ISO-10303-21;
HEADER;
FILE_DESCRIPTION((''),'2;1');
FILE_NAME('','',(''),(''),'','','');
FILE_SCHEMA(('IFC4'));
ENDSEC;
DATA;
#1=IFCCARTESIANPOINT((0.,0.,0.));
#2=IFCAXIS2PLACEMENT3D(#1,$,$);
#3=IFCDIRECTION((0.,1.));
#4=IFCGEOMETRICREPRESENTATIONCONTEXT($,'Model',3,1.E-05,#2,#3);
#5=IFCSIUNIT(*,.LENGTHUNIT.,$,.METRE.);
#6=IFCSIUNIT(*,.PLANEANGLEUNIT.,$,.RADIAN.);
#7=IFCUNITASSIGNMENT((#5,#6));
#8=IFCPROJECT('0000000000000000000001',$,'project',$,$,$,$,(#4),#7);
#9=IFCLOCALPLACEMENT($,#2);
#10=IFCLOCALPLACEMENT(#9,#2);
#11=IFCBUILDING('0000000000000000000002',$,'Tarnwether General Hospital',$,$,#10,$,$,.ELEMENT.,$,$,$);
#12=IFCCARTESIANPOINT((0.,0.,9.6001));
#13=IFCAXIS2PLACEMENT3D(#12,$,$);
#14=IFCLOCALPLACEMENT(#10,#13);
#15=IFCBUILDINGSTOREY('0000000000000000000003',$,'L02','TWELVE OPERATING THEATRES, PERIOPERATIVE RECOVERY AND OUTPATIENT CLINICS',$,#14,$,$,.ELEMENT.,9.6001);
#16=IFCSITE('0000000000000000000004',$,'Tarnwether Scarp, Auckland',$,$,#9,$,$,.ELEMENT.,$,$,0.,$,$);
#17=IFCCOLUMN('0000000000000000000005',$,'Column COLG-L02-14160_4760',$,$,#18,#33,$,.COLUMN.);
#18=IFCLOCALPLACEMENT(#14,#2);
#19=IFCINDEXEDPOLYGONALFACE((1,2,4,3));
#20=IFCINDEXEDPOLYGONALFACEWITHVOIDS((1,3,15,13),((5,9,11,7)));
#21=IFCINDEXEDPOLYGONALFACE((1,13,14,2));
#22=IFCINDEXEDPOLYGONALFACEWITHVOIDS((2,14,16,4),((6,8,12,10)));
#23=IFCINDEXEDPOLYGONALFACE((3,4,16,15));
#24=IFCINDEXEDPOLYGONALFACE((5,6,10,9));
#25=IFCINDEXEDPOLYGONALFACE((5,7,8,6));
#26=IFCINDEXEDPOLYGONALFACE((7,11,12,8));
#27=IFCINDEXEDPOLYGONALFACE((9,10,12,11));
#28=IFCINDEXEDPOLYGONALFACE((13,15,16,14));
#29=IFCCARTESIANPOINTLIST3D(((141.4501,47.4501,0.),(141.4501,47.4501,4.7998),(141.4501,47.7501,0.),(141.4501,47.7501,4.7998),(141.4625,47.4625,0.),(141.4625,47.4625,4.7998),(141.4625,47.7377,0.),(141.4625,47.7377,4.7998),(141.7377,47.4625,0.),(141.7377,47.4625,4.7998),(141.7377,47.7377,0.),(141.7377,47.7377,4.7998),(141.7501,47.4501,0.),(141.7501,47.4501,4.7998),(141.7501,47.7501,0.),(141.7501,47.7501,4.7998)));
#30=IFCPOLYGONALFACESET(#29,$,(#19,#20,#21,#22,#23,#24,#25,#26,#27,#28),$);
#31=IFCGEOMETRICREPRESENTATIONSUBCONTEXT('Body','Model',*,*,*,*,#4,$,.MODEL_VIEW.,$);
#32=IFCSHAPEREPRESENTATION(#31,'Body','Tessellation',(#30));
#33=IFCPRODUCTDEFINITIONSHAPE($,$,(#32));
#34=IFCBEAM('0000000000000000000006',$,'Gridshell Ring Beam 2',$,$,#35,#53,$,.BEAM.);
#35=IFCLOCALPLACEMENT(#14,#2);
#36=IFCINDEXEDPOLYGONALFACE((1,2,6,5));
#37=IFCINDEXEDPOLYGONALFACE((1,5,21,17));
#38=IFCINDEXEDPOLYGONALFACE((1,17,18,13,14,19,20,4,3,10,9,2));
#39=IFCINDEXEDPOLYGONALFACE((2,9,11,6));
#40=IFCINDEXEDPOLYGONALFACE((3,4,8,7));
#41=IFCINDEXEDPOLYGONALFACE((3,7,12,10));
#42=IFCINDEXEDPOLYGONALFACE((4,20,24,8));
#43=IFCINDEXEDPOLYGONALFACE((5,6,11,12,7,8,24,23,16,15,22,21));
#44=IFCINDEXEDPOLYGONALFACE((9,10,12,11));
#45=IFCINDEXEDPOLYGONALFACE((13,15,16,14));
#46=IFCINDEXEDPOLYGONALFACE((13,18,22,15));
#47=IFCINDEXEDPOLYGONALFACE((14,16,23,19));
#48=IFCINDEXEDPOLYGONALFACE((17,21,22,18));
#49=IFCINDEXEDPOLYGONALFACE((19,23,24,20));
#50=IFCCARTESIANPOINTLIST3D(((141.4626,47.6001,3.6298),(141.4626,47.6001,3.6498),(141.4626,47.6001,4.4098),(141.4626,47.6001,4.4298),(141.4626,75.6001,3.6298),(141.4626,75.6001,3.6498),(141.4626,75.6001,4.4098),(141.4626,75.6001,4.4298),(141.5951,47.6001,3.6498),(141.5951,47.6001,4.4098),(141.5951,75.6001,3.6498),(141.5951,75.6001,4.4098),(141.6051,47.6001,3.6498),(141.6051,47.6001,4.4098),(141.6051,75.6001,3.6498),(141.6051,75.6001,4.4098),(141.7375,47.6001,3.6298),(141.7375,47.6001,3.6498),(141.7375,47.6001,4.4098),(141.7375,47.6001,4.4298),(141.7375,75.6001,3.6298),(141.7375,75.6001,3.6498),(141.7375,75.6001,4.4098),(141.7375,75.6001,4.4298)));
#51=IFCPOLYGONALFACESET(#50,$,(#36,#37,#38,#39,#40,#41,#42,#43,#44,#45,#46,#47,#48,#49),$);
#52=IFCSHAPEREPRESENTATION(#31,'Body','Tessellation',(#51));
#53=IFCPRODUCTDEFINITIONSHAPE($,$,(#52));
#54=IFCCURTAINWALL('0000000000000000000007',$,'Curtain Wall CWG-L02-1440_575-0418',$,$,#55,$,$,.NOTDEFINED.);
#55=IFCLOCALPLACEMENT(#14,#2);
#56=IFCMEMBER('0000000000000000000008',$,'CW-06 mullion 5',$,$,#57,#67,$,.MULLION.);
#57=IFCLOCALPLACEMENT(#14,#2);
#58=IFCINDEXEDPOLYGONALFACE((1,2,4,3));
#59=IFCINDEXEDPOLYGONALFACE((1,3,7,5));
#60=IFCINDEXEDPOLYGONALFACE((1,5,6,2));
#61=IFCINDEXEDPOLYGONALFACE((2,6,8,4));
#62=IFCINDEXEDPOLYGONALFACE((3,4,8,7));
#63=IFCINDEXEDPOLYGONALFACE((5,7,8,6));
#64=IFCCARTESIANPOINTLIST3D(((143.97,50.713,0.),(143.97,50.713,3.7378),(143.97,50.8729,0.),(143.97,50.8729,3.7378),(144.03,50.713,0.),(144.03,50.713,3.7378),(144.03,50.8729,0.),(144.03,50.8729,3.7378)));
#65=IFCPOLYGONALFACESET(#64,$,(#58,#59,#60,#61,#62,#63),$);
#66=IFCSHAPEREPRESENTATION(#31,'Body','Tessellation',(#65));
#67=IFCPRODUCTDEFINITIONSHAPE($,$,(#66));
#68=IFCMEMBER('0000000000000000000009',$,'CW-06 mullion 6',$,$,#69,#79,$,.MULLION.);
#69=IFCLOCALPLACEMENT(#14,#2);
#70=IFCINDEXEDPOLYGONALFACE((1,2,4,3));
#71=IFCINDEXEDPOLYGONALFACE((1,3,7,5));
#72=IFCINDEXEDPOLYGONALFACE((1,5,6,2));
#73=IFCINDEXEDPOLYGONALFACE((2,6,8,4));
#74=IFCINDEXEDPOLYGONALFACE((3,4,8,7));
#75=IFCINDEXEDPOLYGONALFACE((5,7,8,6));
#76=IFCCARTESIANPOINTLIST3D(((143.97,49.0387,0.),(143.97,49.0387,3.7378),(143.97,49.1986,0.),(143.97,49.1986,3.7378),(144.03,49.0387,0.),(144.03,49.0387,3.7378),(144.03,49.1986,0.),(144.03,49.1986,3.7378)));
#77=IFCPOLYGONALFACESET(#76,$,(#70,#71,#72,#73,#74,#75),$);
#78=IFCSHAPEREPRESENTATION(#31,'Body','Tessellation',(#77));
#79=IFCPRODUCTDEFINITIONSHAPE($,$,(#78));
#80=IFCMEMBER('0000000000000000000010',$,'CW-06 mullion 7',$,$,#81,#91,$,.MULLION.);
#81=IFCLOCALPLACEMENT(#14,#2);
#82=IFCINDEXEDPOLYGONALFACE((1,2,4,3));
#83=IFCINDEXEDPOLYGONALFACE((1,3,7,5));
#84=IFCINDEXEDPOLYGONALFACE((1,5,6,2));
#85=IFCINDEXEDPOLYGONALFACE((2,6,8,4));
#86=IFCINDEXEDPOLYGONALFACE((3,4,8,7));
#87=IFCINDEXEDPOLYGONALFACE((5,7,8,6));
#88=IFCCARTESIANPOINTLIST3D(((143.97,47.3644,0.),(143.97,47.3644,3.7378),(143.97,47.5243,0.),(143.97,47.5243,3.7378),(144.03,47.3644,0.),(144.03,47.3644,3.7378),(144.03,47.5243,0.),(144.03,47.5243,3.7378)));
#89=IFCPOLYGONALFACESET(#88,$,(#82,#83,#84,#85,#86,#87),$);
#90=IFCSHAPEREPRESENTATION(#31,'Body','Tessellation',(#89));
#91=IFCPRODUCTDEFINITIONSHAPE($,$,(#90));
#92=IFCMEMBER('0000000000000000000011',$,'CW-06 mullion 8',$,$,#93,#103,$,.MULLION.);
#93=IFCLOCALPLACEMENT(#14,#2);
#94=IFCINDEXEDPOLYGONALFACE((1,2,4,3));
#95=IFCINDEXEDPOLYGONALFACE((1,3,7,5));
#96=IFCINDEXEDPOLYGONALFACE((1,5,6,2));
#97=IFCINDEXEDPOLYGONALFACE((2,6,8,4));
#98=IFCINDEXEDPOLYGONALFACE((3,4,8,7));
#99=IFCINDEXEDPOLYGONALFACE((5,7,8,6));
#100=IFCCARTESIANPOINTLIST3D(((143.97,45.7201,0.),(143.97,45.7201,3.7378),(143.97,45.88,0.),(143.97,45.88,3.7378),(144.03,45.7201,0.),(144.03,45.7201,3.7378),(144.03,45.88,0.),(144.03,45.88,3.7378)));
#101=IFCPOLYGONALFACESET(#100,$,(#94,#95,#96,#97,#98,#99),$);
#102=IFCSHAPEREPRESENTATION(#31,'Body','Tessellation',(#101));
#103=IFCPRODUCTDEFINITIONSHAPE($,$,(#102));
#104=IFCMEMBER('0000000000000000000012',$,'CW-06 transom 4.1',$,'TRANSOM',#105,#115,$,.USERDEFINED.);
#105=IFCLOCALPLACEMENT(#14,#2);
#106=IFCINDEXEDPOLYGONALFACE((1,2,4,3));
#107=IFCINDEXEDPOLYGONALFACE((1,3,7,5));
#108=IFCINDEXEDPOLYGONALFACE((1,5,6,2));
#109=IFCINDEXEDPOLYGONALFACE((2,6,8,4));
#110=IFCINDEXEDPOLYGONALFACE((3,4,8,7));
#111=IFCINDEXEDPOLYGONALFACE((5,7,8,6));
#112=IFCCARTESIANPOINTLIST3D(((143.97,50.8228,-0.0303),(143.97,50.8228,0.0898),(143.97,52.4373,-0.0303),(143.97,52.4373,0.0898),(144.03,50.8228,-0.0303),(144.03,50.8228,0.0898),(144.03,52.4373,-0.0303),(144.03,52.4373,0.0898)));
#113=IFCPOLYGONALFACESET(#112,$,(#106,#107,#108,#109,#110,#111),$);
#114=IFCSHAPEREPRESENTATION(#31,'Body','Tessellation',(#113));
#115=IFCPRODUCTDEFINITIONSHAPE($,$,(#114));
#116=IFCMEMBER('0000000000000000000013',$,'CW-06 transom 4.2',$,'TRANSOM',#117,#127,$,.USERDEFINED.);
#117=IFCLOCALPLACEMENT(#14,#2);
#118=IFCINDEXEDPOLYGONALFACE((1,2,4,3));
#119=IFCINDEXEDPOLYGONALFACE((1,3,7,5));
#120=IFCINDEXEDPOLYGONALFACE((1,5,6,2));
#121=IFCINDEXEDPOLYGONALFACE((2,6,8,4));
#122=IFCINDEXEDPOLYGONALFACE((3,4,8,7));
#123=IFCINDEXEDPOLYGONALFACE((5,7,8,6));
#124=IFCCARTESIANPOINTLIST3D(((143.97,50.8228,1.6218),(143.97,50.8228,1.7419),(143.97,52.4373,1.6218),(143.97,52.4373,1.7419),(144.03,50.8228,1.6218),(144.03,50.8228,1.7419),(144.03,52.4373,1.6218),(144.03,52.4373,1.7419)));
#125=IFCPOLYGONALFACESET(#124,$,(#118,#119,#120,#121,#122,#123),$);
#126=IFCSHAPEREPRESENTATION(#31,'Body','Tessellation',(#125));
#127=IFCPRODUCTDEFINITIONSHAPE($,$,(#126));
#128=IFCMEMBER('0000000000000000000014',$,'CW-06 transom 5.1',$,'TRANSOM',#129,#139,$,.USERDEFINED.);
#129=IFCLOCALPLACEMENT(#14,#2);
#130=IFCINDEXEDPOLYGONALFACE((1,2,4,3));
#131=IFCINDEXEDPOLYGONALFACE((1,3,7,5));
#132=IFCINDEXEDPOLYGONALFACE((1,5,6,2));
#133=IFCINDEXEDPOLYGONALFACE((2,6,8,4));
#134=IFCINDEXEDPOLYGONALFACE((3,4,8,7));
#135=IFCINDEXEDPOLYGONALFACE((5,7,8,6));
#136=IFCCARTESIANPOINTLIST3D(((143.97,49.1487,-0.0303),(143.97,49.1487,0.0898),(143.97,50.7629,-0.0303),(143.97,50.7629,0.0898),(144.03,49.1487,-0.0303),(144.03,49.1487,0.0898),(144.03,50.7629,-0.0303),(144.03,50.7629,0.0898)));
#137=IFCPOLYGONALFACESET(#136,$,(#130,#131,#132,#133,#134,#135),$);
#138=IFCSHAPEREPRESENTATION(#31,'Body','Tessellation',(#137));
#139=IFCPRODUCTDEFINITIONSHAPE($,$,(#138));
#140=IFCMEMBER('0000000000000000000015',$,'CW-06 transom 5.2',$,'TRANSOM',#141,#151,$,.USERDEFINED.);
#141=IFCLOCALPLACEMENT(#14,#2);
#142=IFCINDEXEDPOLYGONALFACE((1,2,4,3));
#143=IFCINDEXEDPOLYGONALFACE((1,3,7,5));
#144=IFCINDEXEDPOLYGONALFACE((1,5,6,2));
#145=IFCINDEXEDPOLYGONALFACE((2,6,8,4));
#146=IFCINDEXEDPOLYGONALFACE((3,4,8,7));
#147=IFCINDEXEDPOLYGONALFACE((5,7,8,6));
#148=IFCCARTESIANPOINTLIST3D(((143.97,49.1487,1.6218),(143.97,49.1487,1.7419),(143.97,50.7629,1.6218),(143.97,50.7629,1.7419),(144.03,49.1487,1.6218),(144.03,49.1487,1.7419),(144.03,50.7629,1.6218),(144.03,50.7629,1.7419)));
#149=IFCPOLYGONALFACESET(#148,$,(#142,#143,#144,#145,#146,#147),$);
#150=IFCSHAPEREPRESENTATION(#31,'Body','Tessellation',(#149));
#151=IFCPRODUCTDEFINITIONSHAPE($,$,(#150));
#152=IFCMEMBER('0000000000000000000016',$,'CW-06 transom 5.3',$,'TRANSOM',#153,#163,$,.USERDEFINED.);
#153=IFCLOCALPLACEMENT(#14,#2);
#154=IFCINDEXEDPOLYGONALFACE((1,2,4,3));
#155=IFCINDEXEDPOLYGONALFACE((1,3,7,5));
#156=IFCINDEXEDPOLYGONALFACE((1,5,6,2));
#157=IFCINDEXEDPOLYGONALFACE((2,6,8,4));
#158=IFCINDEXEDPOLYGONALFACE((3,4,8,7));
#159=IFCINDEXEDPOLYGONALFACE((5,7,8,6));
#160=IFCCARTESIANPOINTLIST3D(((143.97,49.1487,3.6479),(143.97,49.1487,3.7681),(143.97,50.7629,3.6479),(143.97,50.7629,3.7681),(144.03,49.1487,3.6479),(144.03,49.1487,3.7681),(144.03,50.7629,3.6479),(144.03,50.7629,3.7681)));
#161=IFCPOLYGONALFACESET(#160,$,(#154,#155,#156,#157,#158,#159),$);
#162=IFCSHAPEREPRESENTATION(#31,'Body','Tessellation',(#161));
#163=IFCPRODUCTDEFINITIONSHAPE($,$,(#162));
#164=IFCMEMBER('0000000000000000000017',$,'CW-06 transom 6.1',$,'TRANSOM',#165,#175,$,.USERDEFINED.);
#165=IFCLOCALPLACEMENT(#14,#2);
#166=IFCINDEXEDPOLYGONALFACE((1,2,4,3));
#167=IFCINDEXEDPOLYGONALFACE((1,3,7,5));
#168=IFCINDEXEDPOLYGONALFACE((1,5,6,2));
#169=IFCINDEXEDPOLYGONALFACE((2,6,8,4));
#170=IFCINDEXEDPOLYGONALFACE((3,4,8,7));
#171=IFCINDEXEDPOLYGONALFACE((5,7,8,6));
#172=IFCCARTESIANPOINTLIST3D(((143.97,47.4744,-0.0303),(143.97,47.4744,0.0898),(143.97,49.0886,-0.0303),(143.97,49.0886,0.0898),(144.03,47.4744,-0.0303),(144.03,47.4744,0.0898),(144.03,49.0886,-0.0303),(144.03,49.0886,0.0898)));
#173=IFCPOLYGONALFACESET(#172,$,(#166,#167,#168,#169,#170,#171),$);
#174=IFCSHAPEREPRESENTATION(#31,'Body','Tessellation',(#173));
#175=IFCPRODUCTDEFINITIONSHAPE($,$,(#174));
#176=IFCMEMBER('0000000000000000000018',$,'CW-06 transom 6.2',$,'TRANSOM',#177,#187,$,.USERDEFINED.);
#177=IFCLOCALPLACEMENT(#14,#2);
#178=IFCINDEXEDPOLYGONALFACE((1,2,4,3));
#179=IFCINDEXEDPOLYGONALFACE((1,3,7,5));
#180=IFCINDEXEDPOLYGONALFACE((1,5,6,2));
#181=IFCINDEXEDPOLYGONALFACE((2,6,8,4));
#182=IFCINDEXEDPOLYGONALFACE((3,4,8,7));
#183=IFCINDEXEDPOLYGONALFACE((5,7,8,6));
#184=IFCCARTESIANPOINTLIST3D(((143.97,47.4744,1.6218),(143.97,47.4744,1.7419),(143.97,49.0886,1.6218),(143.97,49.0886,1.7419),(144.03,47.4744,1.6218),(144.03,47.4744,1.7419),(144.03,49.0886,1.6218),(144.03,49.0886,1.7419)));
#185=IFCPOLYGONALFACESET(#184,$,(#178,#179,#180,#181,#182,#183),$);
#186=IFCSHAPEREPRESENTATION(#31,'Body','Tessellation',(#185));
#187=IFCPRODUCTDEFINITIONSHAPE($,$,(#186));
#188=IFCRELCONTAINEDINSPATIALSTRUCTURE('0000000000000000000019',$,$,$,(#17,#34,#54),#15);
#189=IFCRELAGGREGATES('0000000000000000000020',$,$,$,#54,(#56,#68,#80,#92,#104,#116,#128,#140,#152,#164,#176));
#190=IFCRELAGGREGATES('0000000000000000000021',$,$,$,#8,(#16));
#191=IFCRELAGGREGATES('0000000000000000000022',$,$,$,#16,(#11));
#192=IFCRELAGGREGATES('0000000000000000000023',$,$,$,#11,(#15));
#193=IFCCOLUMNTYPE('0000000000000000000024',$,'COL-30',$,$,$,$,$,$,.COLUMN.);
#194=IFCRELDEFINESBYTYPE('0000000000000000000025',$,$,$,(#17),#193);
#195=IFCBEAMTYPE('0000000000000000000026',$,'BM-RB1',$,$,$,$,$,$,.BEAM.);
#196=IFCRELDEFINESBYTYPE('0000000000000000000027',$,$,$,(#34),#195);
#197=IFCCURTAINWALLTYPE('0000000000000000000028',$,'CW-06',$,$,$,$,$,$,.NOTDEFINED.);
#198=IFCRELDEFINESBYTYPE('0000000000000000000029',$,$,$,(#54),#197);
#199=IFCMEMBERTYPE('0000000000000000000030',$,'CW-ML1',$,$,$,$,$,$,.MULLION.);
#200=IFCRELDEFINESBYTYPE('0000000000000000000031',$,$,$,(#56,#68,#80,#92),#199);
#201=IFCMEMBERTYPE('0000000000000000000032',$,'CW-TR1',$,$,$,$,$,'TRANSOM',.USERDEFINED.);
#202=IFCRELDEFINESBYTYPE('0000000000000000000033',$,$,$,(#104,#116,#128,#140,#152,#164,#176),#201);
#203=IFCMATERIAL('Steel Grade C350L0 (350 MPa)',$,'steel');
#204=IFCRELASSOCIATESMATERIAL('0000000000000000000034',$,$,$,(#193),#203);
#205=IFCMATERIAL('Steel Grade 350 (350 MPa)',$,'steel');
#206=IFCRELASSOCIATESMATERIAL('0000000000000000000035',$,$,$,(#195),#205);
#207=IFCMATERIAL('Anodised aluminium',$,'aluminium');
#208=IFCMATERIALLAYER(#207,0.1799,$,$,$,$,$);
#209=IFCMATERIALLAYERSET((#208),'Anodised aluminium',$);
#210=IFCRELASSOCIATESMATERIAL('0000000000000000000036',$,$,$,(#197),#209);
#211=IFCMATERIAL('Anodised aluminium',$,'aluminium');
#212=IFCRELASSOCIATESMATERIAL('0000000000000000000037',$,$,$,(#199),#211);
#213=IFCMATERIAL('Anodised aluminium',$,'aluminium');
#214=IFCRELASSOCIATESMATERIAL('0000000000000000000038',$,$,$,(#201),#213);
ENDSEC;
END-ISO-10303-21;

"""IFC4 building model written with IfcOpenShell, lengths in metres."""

from ifc_helpers import new_model, si_unit, direction, frame, origin, origin_2d, place, context, subcontext, project, spatial, rectangle, hollow_rectangle, i_section, extrude, material, layer, layer_set, material_profile, profile_set, type_object, element, aggregate, save


model = new_model("IFC4")

# Units and contexts
model_context = context("Model", 3, precision=1e-05, world=origin(), true_north=direction((0.0, 1.0)))
body_context = subcontext(model_context, "Body", "Model", "MODEL_VIEW")
ifc_project = project(units=[si_unit("LENGTHUNIT", "METRE"), si_unit("PLANEANGLEUNIT", "RADIAN")], contexts=[model_context])

# Site, building, storey
site_placement = place(None, origin())
site = spatial("IfcSite", under=ifc_project, at=site_placement, Name="Tarnwether Scarp, Auckland", CompositionType="ELEMENT", RefElevation=0.0)
building_placement = place(site_placement, origin())
building = spatial("IfcBuilding", under=site, at=building_placement, Name="Tarnwether General Hospital", CompositionType="ELEMENT")
storey_placement = place(building_placement, frame((0.0, 0.0, 9.6001)))
storey = spatial("IfcBuildingStorey", under=building, at=storey_placement, Name="L02", Description="TWELVE OPERATING THEATRES, PERIOPERATIVE RECOVERY AND OUTPATIENT CLINICS", CompositionType="ELEMENT", Elevation=9.6001)

# Column
ifc_material_1 = material(Name="Steel Grade C350L0 (350 MPa)", Category="steel")
ifc_material_profile_1 = material_profile(ifc_material_1, hollow_rectangle(XDim=0.3, YDim=0.3, WallThickness=0.0125, at=origin_2d()), Name="SHS300x300x12.5")
ifc_profile_set_1 = profile_set([ifc_material_profile_1], Name="Steel Grade C350L0 (350 MPa)")
column_type = type_object("IfcColumnType", Name="COL-30", PredefinedType="COLUMN", material=ifc_profile_set_1)
column_placement = place(storey_placement, frame((141.6001, 47.6001, 0.0), z_axis=(0.0, 0.0, 1.0), x_axis=(1.0, 0.0, 0.0)))
element("IfcColumn", 1, at=column_placement, inside=storey, type_object=column_type, Name="Column COLG-L02-14160_4760", PredefinedType="COLUMN", context=body_context, shape_type="SweptSolid", body=[
    extrude(hollow_rectangle(XDim=0.3, YDim=0.3, WallThickness=0.0125, at=origin_2d()), origin(), (0.0, 0.0, 1.0), 4.7998),
])

# Beam
ifc_material_2 = material(Name="Steel Grade 350 (350 MPa)", Category="steel")
ifc_material_profile_2 = material_profile(ifc_material_2, i_section(OverallWidth=0.2749, OverallDepth=0.8, WebThickness=0.01, FlangeThickness=0.02, at=origin_2d()), Name="800WB146")
ifc_profile_set_2 = profile_set([ifc_material_profile_2], Name="Steel Grade 350 (350 MPa)")
beam_type = type_object("IfcBeamType", Name="BM-RB1", PredefinedType="BEAM", material=ifc_profile_set_2)
beam_placement = place(storey_placement, frame((141.6001, 47.6001, 4.0298), z_axis=(0.0, 1.0, 0.0), x_axis=(-1.0, 0.0, 0.0)))
element("IfcBeam", 2, at=beam_placement, inside=storey, type_object=beam_type, Name="Gridshell Ring Beam 2", PredefinedType="BEAM", context=body_context, shape_type="SweptSolid", body=[
    extrude(i_section(OverallWidth=0.2749, OverallDepth=0.8, WebThickness=0.01, FlangeThickness=0.02, at=origin_2d()), origin(), (0.0, 0.0, 1.0), 28.0),
])

# Curtain wall, members
ifc_material_3 = material(Name="Anodised aluminium", Category="aluminium")
ifc_layer_1 = layer(ifc_material_3, 0.1799)
ifc_layer_set_1 = layer_set([ifc_layer_1], Name="Anodised aluminium")
curtain_wall_type_1 = type_object("IfcCurtainWallType", Name="CW-06", PredefinedType="NOTDEFINED", material=ifc_layer_set_1)
curtain_wall_1_placement = place(storey_placement, origin())
curtain_wall_1 = element("IfcCurtainWall", 3, at=curtain_wall_1_placement, inside=storey, type_object=curtain_wall_type_1, Name="Curtain Wall CWG-L02-1440_575-0418", PredefinedType="NOTDEFINED")
ifc_material_4 = material(Name="Anodised aluminium", Category="aluminium")
ifc_material_profile_3 = material_profile(ifc_material_4, rectangle(XDim=0.0601, YDim=0.1599, at=origin_2d()), Name="ALU-MUL-60x160")
ifc_profile_set_3 = profile_set([ifc_material_profile_3], Name="Anodised aluminium")
member_type_1 = type_object("IfcMemberType", Name="CW-ML1", PredefinedType="MULLION", material=ifc_profile_set_3)
member_1_placement = place(storey_placement, frame((144.0, 50.793, 0.0), z_axis=(0.0, 0.0, 1.0), x_axis=(1.0, 0.0, 0.0)))
member_1 = element("IfcMember", 4, at=member_1_placement, type_object=member_type_1, Name="CW-06 mullion 5", PredefinedType="MULLION", context=body_context, shape_type="SweptSolid", body=[
    extrude(rectangle(XDim=0.0601, YDim=0.1599, at=origin_2d()), origin(), (0.0, 0.0, 1.0), 3.7378),
])
member_2_placement = place(storey_placement, frame((144.0, 49.1187, 0.0), z_axis=(0.0, 0.0, 1.0), x_axis=(1.0, 0.0, 0.0)))
member_2 = element("IfcMember", 5, at=member_2_placement, type_object=member_type_1, Name="CW-06 mullion 6", PredefinedType="MULLION", context=body_context, shape_type="SweptSolid", body=[
    extrude(rectangle(XDim=0.0601, YDim=0.1599, at=origin_2d()), origin(), (0.0, 0.0, 1.0), 3.7378),
])
member_3_placement = place(storey_placement, frame((144.0, 47.4443, 0.0), z_axis=(0.0, 0.0, 1.0), x_axis=(1.0, 0.0, 0.0)))
member_3 = element("IfcMember", 6, at=member_3_placement, type_object=member_type_1, Name="CW-06 mullion 7", PredefinedType="MULLION", context=body_context, shape_type="SweptSolid", body=[
    extrude(rectangle(XDim=0.0601, YDim=0.1599, at=origin_2d()), origin(), (0.0, 0.0, 1.0), 3.7378),
])
member_4_placement = place(storey_placement, frame((144.0, 45.8, 0.0), z_axis=(0.0, 0.0, 1.0), x_axis=(1.0, 0.0, 0.0)))
member_4 = element("IfcMember", 7, at=member_4_placement, type_object=member_type_1, Name="CW-06 mullion 8", PredefinedType="MULLION", context=body_context, shape_type="SweptSolid", body=[
    extrude(rectangle(XDim=0.0601, YDim=0.1599, at=origin_2d()), origin(), (0.0, 0.0, 1.0), 3.7378),
])
ifc_material_5 = material(Name="Anodised aluminium", Category="aluminium")
ifc_material_profile_4 = material_profile(ifc_material_5, rectangle(XDim=0.0601, YDim=0.1201, at=origin_2d()), Name="ALU-TRN-60x120")
ifc_profile_set_4 = profile_set([ifc_material_profile_4], Name="Anodised aluminium")
member_type_2 = type_object("IfcMemberType", Name="CW-TR1", ElementType="TRANSOM", PredefinedType="USERDEFINED", material=ifc_profile_set_4)
member_5_placement = place(storey_placement, frame((144.0, 52.4373, 0.0298), z_axis=(0.0, -1.0, 0.0), x_axis=(1.0, 0.0, 0.0)))
member_5 = element("IfcMember", 8, at=member_5_placement, type_object=member_type_2, Name="CW-06 transom 4.1", ObjectType="TRANSOM", PredefinedType="USERDEFINED", context=body_context, shape_type="SweptSolid", body=[
    extrude(rectangle(XDim=0.0601, YDim=0.1201, at=origin_2d()), origin(), (0.0, 0.0, 1.0), 1.6145),
])
member_6_placement = place(storey_placement, frame((144.0, 52.4373, 1.6819), z_axis=(0.0, -1.0, 0.0), x_axis=(1.0, 0.0, 0.0)))
member_6 = element("IfcMember", 9, at=member_6_placement, type_object=member_type_2, Name="CW-06 transom 4.2", ObjectType="TRANSOM", PredefinedType="USERDEFINED", context=body_context, shape_type="SweptSolid", body=[
    extrude(rectangle(XDim=0.0601, YDim=0.1201, at=origin_2d()), origin(), (0.0, 0.0, 1.0), 1.6145),
])
member_7_placement = place(storey_placement, frame((144.0, 50.7629, 0.0298), z_axis=(0.0, -1.0, 0.0), x_axis=(1.0, 0.0, 0.0)))
member_7 = element("IfcMember", 10, at=member_7_placement, type_object=member_type_2, Name="CW-06 transom 5.1", ObjectType="TRANSOM", PredefinedType="USERDEFINED", context=body_context, shape_type="SweptSolid", body=[
    extrude(rectangle(XDim=0.0601, YDim=0.1201, at=origin_2d()), origin(), (0.0, 0.0, 1.0), 1.6143),
])
member_8_placement = place(storey_placement, frame((144.0, 50.7629, 1.6819), z_axis=(0.0, -1.0, 0.0), x_axis=(1.0, 0.0, 0.0)))
member_8 = element("IfcMember", 11, at=member_8_placement, type_object=member_type_2, Name="CW-06 transom 5.2", ObjectType="TRANSOM", PredefinedType="USERDEFINED", context=body_context, shape_type="SweptSolid", body=[
    extrude(rectangle(XDim=0.0601, YDim=0.1201, at=origin_2d()), origin(), (0.0, 0.0, 1.0), 1.6143),
])
member_9_placement = place(storey_placement, frame((144.0, 50.7629, 3.708), z_axis=(0.0, -1.0, 0.0), x_axis=(1.0, 0.0, 0.0)))
member_9 = element("IfcMember", 12, at=member_9_placement, type_object=member_type_2, Name="CW-06 transom 5.3", ObjectType="TRANSOM", PredefinedType="USERDEFINED", context=body_context, shape_type="SweptSolid", body=[
    extrude(rectangle(XDim=0.0601, YDim=0.1201, at=origin_2d()), origin(), (0.0, 0.0, 1.0), 1.6143),
])
member_10_placement = place(storey_placement, frame((144.0, 49.0886, 0.0298), z_axis=(0.0, -1.0, 0.0), x_axis=(1.0, 0.0, 0.0)))
member_10 = element("IfcMember", 13, at=member_10_placement, type_object=member_type_2, Name="CW-06 transom 6.1", ObjectType="TRANSOM", PredefinedType="USERDEFINED", context=body_context, shape_type="SweptSolid", body=[
    extrude(rectangle(XDim=0.0601, YDim=0.1201, at=origin_2d()), origin(), (0.0, 0.0, 1.0), 1.6143),
])
member_11_placement = place(storey_placement, frame((144.0, 49.0886, 1.6819), z_axis=(0.0, -1.0, 0.0), x_axis=(1.0, 0.0, 0.0)))
member_11 = element("IfcMember", 14, at=member_11_placement, type_object=member_type_2, Name="CW-06 transom 6.2", ObjectType="TRANSOM", PredefinedType="USERDEFINED", context=body_context, shape_type="SweptSolid", body=[
    extrude(rectangle(XDim=0.0601, YDim=0.1201, at=origin_2d()), origin(), (0.0, 0.0, 1.0), 1.6143),
])

aggregate(curtain_wall_1, [member_1, member_2, member_3, member_4, member_5, member_6, member_7, member_8, member_9, member_10, member_11])

save(model, "model.ifc")
